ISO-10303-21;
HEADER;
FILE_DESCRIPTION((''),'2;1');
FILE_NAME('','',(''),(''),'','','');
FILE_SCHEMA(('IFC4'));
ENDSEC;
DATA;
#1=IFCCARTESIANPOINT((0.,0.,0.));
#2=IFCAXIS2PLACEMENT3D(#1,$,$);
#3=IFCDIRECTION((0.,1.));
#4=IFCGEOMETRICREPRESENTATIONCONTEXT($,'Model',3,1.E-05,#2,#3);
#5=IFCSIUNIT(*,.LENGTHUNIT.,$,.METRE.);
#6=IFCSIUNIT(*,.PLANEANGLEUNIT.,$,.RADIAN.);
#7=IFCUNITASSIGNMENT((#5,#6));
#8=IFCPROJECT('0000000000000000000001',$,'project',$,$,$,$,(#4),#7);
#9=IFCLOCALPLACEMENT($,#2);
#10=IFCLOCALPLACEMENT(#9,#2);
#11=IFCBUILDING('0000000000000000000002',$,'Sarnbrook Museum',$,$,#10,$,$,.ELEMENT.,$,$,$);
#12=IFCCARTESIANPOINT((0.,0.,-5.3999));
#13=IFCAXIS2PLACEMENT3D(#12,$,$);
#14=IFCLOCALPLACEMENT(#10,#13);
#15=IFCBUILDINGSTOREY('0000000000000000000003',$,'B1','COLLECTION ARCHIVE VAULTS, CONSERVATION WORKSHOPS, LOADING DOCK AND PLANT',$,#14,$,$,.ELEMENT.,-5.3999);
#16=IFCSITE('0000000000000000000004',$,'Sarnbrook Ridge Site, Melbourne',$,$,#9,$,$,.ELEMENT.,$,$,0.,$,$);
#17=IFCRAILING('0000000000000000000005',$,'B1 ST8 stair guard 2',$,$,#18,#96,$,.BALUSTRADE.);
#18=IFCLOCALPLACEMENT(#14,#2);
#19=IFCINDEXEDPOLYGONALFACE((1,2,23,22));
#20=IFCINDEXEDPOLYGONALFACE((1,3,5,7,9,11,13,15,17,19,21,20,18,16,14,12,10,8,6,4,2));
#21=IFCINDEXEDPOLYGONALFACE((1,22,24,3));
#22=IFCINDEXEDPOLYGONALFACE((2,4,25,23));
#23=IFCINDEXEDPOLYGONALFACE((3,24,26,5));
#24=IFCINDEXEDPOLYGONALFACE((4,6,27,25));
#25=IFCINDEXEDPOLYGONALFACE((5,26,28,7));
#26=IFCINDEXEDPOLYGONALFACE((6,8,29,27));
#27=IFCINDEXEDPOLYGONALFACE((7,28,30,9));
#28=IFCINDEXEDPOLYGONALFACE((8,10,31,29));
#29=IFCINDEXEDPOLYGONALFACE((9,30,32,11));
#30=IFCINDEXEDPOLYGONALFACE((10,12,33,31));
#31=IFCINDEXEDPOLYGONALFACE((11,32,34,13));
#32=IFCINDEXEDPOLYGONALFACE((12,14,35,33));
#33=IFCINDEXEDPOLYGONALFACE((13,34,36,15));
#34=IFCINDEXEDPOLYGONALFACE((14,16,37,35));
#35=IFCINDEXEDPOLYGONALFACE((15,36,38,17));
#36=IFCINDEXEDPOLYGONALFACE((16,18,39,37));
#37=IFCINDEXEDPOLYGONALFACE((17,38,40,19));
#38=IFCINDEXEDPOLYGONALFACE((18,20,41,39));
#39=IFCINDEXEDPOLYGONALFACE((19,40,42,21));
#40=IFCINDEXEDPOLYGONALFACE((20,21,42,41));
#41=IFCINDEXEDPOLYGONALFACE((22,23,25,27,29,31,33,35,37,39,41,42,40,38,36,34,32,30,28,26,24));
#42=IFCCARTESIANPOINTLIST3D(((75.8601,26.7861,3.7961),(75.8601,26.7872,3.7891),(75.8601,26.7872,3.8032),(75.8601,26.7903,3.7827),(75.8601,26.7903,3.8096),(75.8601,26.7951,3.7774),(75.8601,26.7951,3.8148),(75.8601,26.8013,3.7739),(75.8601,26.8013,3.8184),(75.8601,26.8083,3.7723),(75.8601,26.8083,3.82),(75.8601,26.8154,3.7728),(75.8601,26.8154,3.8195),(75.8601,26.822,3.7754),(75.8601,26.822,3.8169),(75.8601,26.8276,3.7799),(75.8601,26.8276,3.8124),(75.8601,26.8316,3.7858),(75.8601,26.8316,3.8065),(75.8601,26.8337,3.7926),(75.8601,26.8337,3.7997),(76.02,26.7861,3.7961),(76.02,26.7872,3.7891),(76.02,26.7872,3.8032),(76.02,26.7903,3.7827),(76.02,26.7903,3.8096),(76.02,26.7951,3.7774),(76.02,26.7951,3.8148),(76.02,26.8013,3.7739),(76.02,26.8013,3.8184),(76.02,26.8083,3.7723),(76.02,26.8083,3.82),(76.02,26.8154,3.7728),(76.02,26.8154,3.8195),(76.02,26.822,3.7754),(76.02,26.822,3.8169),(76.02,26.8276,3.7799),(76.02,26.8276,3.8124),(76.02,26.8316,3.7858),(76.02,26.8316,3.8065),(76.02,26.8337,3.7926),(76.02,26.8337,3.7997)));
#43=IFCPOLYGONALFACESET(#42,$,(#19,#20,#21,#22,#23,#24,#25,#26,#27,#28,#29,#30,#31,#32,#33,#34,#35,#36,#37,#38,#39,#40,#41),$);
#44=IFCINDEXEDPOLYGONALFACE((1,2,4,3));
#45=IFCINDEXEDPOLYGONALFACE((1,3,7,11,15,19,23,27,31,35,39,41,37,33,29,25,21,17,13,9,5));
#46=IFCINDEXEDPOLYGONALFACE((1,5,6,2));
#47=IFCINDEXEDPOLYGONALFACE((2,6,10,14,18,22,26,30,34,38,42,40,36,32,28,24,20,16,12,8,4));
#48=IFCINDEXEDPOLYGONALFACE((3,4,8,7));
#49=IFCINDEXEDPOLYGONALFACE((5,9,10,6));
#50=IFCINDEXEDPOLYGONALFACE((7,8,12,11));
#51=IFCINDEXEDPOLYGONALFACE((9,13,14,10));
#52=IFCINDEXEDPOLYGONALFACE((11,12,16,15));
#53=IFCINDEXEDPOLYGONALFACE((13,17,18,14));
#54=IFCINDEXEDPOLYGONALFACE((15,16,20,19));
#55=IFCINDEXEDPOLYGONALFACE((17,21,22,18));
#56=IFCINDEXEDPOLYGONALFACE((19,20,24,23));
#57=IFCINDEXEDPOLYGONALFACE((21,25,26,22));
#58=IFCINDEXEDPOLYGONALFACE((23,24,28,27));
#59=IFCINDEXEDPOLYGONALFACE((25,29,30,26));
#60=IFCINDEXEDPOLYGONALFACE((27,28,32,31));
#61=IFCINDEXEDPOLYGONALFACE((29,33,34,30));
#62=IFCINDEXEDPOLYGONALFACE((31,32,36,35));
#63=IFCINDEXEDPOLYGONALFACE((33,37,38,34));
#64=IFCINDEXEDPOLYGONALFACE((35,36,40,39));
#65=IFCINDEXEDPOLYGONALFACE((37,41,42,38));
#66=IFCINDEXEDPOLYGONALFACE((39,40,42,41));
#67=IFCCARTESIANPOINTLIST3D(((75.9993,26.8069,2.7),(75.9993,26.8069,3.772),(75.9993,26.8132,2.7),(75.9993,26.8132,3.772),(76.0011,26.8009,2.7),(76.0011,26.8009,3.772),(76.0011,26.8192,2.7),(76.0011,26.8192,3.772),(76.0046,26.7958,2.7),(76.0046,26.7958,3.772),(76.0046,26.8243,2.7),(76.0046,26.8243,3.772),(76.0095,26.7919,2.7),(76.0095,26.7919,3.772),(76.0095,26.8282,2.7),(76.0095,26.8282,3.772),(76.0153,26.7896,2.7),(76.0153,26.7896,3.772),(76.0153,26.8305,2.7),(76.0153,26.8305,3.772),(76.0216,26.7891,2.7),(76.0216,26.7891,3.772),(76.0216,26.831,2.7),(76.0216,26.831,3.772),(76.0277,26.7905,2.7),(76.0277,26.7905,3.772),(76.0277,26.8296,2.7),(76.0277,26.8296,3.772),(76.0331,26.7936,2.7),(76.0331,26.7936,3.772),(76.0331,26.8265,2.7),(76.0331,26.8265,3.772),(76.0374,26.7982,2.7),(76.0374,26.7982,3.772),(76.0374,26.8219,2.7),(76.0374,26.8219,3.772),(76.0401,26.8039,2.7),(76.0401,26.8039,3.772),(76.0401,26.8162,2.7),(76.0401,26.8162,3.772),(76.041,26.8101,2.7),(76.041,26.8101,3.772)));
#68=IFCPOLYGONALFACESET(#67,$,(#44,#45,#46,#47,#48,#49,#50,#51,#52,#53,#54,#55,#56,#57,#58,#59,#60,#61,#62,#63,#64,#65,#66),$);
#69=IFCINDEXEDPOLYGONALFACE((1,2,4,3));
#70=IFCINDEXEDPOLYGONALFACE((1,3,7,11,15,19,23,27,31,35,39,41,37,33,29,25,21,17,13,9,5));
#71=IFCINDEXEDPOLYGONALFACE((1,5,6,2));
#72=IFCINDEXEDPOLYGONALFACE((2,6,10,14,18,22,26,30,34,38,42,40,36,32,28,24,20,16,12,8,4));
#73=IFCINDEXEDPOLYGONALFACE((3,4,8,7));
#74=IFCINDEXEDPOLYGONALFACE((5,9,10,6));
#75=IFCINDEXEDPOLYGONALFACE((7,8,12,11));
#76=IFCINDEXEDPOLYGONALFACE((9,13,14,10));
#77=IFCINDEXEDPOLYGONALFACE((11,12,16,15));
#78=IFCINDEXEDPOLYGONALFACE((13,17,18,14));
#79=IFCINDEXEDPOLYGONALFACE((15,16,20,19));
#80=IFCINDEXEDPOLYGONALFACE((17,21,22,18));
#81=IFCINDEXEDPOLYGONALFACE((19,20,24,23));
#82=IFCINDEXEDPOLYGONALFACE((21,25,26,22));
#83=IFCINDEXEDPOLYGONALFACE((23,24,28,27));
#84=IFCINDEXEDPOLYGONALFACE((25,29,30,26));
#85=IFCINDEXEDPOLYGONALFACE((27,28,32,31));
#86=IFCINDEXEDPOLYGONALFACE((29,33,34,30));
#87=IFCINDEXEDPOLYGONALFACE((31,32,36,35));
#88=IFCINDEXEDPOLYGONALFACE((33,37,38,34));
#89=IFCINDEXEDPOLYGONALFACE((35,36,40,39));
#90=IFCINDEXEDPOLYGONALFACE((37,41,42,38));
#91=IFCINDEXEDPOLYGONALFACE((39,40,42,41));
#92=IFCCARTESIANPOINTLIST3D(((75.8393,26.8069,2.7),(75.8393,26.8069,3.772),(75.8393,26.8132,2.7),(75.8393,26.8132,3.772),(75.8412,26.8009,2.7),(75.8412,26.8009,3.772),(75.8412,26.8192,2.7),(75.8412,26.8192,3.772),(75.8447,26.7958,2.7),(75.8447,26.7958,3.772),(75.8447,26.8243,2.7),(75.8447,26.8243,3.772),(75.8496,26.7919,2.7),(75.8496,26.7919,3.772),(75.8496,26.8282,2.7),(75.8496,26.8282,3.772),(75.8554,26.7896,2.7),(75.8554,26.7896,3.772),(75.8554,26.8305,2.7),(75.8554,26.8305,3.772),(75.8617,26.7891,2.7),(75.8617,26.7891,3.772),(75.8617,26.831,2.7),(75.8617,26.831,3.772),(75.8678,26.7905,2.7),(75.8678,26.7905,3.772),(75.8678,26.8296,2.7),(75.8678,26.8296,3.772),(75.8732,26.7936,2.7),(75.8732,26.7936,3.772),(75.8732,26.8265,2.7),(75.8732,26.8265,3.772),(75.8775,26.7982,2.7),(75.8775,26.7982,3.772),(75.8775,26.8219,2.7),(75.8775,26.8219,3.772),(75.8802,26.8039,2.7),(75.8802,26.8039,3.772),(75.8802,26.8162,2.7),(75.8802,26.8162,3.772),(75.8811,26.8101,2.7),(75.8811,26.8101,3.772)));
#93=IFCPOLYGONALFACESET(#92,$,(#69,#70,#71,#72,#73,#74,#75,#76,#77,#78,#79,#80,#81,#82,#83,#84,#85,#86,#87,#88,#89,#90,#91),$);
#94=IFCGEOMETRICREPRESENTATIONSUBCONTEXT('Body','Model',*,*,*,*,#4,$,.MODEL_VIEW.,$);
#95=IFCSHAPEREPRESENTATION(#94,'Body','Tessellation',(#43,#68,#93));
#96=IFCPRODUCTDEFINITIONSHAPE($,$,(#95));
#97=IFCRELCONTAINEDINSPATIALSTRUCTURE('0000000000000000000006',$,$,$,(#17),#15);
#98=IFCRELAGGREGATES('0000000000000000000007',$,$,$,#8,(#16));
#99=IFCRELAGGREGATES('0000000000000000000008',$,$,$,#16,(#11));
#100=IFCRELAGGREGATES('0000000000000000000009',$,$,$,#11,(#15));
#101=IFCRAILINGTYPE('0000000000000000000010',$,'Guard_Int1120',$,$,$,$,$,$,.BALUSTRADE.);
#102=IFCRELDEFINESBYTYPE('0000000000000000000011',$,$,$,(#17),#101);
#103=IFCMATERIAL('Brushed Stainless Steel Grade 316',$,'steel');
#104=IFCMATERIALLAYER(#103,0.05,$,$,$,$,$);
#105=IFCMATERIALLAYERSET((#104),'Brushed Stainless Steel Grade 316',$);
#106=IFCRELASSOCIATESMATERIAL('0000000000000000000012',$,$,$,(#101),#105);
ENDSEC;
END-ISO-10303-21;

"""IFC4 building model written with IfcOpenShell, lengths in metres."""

from ifc_helpers import new_model, si_unit, direction, frame, origin, origin_2d, place, context, subcontext, project, spatial, circle, extrude, material, layer, layer_set, type_object, element, save


model = new_model("IFC4")

# Units and contexts
model_context = context("Model", 3, precision=1e-05, world=origin(), true_north=direction((0.0, 1.0)))
body_context = subcontext(model_context, "Body", "Model", "MODEL_VIEW")
ifc_project = project(units=[si_unit("LENGTHUNIT", "METRE"), si_unit("PLANEANGLEUNIT", "RADIAN")], contexts=[model_context])

# Site, building, storey
site_placement = place(None, origin())
site = spatial("IfcSite", under=ifc_project, at=site_placement, Name="Sarnbrook Ridge Site, Melbourne", CompositionType="ELEMENT", RefElevation=0.0)
building_placement = place(site_placement, origin())
building = spatial("IfcBuilding", under=site, at=building_placement, Name="Sarnbrook Museum", CompositionType="ELEMENT")
storey_placement = place(building_placement, frame((0.0, 0.0, -5.3999)))
storey = spatial("IfcBuildingStorey", under=building, at=storey_placement, Name="B1", Description="COLLECTION ARCHIVE VAULTS, CONSERVATION WORKSHOPS, LOADING DOCK AND PLANT", CompositionType="ELEMENT", Elevation=-5.3999)

# Railing
ifc_material_1 = material(Name="Brushed Stainless Steel Grade 316", Category="steel")
ifc_layer_1 = layer(ifc_material_1, 0.05)
ifc_layer_set_1 = layer_set([ifc_layer_1], Name="Brushed Stainless Steel Grade 316")
railing_type_1 = type_object("IfcRailingType", Name="Guard_Int1120", PredefinedType="BALUSTRADE", material=ifc_layer_set_1)
railing_1_placement = place(storey_placement, frame((76.02, 26.8101, 2.7)))
element("IfcRailing", 1, at=railing_1_placement, inside=storey, type_object=railing_type_1, Name="B1 ST8 stair guard 2", PredefinedType="BALUSTRADE", context=body_context, shape_type="SweptSolid", body=[
    extrude(circle(Radius=0.0239, at=origin_2d()), frame((0.0, 0.0, 1.0962), z_axis=(-1.0, 0.0, 0.0), x_axis=(0.0, -1.0, 0.0)), (0.0, 0.0, 1.0), 0.1599),
    extrude(circle(Radius=0.021, at=origin_2d()), origin(), (0.0, 0.0, 1.0), 1.072),
    extrude(circle(Radius=0.021, at=origin_2d()), frame((-0.1599, 0.0, 0.0)), (0.0, 0.0, 1.0), 1.072),
])

save(model, "model.ifc")
